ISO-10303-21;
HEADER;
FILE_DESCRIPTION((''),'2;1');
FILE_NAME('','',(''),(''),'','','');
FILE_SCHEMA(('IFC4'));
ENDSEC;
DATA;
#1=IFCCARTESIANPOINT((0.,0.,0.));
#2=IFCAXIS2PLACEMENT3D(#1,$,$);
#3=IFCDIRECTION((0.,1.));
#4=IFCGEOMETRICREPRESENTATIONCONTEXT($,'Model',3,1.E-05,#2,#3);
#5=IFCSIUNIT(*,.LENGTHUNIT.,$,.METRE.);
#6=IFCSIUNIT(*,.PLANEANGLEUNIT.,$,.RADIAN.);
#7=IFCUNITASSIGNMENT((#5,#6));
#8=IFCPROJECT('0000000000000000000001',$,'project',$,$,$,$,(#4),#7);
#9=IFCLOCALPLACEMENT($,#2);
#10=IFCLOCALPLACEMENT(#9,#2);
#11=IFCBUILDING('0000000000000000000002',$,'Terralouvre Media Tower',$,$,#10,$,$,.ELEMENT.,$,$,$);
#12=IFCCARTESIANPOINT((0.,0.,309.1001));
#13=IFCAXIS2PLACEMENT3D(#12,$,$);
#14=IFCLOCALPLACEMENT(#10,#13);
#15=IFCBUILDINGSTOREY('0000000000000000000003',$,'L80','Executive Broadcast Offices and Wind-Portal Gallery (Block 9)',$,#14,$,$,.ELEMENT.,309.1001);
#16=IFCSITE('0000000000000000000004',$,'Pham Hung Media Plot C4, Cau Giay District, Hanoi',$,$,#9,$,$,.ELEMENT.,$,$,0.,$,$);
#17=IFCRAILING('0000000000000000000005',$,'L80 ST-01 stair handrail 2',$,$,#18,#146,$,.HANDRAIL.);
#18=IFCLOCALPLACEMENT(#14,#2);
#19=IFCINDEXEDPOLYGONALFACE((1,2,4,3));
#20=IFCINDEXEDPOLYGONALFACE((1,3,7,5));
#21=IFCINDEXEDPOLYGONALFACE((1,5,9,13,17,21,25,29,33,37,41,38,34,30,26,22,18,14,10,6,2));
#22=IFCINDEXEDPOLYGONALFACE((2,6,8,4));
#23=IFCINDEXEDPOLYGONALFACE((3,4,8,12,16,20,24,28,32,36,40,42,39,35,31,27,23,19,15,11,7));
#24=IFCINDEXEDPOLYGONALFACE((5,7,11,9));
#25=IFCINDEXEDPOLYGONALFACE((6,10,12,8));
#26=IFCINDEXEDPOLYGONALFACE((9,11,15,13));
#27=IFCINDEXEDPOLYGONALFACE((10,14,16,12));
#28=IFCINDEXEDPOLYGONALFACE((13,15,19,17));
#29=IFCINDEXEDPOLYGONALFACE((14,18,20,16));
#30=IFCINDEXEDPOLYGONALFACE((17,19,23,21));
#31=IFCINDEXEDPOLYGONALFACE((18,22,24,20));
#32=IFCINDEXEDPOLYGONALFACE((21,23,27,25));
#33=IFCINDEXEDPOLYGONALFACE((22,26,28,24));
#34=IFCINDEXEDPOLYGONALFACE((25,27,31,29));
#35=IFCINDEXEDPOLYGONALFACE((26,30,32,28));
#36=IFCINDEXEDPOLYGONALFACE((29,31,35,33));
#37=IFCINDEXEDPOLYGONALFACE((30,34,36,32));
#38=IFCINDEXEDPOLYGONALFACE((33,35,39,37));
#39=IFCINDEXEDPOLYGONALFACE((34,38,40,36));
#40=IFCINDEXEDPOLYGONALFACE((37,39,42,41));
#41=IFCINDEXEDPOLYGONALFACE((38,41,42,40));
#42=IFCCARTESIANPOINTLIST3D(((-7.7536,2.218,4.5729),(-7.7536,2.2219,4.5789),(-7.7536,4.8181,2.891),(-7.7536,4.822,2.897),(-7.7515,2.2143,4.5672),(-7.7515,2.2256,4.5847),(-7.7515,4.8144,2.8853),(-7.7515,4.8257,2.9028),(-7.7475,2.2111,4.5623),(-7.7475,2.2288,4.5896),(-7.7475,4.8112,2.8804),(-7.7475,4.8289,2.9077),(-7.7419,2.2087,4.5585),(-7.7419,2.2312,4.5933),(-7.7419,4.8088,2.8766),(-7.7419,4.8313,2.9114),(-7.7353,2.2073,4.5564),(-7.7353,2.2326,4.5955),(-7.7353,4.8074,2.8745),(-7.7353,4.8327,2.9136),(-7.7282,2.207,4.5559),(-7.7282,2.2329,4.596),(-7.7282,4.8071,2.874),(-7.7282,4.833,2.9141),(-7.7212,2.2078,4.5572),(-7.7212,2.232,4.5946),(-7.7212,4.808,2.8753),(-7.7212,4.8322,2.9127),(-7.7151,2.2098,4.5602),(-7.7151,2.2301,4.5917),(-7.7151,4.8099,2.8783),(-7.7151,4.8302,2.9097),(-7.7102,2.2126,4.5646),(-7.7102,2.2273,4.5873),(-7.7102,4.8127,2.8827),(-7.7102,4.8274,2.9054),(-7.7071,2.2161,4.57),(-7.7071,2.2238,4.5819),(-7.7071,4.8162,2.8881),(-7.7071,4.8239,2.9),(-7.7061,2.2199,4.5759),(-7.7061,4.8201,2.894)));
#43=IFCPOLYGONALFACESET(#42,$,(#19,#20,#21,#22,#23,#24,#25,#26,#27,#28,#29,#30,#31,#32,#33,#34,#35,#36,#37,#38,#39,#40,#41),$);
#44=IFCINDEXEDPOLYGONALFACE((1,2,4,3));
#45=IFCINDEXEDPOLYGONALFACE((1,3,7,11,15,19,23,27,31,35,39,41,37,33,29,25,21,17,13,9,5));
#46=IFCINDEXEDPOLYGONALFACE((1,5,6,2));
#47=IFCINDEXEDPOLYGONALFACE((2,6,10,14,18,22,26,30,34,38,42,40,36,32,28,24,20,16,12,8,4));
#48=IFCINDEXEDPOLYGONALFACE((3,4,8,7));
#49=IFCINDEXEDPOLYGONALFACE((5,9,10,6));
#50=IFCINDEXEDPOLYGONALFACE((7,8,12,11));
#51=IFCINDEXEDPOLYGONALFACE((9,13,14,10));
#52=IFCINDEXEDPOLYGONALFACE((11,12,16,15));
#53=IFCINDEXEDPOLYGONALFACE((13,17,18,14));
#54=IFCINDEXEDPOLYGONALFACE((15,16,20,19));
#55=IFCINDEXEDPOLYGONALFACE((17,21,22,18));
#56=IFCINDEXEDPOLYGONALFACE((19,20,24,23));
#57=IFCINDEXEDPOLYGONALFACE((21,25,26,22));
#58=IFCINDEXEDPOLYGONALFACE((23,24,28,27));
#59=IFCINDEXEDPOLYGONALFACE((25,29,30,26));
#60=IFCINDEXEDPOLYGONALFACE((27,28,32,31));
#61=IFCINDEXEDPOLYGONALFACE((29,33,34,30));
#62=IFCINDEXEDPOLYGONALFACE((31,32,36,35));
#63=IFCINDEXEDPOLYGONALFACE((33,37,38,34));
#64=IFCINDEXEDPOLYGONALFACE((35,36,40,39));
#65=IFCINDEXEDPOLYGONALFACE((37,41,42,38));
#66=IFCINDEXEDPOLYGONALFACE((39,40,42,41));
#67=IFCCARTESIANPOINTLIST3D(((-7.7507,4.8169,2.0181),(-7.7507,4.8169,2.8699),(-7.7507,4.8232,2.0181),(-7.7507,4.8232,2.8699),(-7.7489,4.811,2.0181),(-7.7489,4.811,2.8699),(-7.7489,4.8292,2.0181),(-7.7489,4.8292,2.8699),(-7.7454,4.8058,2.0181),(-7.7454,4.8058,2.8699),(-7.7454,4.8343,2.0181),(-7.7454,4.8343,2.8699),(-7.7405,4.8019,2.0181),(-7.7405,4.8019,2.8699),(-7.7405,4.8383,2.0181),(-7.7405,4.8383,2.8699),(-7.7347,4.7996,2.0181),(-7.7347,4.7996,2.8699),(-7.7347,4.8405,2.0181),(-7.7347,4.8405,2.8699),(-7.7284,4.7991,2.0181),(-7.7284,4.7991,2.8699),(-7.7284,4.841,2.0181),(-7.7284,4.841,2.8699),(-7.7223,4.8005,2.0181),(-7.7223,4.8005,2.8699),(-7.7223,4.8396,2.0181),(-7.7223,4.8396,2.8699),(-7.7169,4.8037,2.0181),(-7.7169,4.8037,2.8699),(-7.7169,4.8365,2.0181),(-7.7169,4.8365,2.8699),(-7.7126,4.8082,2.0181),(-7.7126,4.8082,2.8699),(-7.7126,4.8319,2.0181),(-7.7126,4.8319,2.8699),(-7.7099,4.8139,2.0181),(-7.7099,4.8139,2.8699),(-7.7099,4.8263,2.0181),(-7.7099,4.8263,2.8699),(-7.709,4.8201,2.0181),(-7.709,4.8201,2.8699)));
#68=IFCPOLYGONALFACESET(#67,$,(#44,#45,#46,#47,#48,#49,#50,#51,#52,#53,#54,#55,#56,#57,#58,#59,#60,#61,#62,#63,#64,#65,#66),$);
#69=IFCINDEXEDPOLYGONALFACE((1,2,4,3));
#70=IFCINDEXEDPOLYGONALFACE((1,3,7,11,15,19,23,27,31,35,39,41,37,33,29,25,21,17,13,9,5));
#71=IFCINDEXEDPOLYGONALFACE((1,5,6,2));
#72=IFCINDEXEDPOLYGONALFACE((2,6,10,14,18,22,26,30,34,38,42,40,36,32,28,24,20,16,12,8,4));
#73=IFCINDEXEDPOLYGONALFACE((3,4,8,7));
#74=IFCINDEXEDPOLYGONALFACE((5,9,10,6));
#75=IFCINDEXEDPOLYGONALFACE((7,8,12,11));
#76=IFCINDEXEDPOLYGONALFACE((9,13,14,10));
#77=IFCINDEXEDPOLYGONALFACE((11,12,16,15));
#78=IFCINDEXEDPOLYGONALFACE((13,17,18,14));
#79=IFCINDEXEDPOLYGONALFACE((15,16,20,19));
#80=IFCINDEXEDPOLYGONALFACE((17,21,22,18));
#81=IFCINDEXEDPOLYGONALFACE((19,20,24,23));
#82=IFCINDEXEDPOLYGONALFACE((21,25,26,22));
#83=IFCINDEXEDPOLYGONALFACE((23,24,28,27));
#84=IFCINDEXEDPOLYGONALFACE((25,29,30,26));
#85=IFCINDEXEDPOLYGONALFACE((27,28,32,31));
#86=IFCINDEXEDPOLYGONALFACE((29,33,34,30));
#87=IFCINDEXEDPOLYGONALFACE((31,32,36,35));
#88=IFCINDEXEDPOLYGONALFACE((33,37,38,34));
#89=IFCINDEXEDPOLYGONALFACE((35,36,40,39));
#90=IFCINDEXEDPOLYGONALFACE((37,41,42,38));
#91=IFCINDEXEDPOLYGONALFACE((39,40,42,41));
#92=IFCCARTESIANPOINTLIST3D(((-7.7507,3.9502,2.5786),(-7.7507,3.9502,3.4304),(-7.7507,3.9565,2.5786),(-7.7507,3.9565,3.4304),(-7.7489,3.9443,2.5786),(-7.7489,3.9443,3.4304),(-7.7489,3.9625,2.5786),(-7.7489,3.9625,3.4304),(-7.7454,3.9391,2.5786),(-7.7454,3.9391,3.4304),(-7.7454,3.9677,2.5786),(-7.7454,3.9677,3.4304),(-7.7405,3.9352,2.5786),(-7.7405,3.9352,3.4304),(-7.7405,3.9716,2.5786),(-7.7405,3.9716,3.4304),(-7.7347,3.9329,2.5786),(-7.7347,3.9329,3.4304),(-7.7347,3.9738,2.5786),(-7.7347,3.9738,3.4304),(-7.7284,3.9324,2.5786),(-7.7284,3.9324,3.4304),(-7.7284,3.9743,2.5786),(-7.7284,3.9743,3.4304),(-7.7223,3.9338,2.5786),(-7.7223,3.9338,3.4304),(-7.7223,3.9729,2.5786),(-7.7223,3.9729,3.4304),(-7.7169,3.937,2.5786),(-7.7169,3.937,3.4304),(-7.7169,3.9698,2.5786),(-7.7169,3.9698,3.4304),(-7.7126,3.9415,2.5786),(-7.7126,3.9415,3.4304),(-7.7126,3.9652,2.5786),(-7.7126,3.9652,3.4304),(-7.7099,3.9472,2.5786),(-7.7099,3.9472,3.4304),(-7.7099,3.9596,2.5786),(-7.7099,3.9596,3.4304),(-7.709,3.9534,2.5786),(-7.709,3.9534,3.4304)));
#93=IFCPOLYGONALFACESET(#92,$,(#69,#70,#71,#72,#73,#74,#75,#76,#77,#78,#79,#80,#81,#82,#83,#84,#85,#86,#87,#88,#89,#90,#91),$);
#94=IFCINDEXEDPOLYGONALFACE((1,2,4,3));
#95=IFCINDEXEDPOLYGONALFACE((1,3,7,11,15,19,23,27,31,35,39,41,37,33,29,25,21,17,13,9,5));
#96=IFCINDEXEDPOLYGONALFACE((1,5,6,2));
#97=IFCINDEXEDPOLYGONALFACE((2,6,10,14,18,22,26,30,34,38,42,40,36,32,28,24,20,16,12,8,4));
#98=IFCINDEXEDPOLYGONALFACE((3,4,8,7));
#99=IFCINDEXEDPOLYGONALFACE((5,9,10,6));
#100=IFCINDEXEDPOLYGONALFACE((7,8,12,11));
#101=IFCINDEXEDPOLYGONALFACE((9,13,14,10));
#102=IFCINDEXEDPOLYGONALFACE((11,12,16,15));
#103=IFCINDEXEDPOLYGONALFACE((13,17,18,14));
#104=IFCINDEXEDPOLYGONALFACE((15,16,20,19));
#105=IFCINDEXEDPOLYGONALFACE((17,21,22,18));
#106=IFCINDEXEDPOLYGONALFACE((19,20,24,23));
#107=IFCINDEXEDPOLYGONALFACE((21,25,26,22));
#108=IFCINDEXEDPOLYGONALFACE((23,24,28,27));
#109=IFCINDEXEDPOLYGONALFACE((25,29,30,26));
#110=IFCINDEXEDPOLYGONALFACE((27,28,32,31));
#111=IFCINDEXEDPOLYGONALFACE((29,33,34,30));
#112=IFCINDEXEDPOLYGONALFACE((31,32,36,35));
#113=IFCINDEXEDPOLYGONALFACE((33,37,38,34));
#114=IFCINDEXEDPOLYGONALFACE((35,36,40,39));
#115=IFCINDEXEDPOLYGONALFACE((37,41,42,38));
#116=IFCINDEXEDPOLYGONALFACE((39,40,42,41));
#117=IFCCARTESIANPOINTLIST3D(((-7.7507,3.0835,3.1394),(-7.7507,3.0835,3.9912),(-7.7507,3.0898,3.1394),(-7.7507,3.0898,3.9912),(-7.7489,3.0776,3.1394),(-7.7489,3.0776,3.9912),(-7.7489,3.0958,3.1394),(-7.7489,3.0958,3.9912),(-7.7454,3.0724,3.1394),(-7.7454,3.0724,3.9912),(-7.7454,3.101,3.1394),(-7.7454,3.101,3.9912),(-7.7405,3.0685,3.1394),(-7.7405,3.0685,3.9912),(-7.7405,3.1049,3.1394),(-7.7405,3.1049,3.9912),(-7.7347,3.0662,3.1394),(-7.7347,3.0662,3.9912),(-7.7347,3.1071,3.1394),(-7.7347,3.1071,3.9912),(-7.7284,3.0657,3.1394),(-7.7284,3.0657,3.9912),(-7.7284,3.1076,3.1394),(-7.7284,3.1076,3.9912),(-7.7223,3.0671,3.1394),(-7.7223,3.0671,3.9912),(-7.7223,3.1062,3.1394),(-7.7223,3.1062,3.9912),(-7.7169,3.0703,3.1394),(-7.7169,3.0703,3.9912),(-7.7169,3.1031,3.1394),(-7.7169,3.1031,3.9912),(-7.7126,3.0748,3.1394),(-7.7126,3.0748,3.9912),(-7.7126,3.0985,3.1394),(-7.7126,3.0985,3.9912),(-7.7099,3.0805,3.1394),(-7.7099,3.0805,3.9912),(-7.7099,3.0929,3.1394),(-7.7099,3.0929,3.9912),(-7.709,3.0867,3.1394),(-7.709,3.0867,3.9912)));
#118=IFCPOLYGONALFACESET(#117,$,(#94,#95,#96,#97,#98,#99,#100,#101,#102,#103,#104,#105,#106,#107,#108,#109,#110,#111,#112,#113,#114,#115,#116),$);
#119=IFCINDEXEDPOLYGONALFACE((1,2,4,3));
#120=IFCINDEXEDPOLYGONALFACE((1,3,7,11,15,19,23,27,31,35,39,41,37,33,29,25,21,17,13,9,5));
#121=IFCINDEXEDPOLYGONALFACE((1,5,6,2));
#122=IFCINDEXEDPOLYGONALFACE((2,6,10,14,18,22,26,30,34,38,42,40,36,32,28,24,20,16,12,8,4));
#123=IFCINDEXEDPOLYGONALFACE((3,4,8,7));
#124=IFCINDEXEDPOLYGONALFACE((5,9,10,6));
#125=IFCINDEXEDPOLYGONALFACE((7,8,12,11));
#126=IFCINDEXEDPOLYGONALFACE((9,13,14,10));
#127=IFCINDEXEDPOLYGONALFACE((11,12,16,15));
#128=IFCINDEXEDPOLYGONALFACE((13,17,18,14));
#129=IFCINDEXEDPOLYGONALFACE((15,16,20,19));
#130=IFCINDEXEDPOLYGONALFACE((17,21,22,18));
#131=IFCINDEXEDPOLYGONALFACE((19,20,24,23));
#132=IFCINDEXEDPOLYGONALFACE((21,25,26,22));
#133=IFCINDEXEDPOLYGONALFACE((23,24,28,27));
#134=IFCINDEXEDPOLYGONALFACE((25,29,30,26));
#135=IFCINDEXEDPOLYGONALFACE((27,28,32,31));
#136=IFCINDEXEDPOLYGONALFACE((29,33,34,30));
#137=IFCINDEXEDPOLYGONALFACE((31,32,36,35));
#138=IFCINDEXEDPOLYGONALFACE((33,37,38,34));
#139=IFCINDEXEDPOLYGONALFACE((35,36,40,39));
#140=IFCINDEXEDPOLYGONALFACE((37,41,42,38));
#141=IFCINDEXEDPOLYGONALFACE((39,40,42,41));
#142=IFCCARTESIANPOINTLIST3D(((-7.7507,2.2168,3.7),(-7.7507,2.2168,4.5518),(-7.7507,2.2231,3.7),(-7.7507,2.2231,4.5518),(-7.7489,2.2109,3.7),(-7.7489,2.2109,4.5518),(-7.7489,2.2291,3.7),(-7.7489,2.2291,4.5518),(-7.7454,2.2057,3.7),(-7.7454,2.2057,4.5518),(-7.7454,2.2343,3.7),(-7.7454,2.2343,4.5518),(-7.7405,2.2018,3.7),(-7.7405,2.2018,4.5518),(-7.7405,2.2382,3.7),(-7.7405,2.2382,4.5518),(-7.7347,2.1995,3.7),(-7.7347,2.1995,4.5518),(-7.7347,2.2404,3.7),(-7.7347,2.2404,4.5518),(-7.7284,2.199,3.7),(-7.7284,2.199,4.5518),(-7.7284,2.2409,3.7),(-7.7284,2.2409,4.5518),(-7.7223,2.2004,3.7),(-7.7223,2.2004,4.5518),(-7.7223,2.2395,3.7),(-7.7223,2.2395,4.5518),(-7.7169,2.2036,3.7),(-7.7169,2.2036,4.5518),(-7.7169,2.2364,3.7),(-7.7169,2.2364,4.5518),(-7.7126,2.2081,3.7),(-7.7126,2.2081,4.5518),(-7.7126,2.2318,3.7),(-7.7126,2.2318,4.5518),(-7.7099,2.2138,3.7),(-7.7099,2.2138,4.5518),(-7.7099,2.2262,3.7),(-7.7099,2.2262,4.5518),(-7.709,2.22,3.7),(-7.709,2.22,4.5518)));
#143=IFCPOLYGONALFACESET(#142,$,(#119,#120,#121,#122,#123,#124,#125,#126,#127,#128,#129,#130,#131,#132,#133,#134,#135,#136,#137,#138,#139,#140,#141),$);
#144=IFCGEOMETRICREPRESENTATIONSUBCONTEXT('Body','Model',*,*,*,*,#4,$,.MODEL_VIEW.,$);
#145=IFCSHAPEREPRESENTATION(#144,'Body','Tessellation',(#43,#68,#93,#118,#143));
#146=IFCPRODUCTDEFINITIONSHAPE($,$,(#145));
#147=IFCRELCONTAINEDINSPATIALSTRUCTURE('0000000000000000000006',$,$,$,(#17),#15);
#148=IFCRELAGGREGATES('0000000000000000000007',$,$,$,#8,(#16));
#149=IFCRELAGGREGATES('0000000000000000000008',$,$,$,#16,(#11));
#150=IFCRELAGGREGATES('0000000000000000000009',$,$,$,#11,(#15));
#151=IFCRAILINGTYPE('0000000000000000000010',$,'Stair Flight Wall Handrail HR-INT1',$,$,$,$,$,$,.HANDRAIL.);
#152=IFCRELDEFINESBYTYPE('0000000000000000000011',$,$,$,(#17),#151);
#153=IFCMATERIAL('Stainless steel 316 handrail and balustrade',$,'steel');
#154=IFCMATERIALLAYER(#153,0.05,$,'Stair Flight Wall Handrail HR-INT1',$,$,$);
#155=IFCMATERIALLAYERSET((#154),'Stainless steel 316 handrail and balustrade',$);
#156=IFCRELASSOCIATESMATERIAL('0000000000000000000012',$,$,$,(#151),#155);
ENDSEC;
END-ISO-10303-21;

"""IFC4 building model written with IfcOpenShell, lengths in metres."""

from ifc_helpers import new_model, si_unit, direction, frame, origin, origin_2d, place, context, subcontext, project, spatial, circle, extrude, material, layer, layer_set, type_object, element, save


model = new_model("IFC4")

# Units and contexts
model_context = context("Model", 3, precision=1e-05, world=origin(), true_north=direction((0.0, 1.0)))
body_context = subcontext(model_context, "Body", "Model", "MODEL_VIEW")
ifc_project = project(units=[si_unit("LENGTHUNIT", "METRE"), si_unit("PLANEANGLEUNIT", "RADIAN")], contexts=[model_context])

# Site, building, storey
site_placement = place(None, origin())
site = spatial("IfcSite", under=ifc_project, at=site_placement, Name="Pham Hung Media Plot C4, Cau Giay District, Hanoi", CompositionType="ELEMENT", RefElevation=0.0)
building_placement = place(site_placement, origin())
building = spatial("IfcBuilding", under=site, at=building_placement, Name="Terralouvre Media Tower", CompositionType="ELEMENT")
storey_placement = place(building_placement, frame((0.0, 0.0, 309.1001)))
storey = spatial("IfcBuildingStorey", under=building, at=storey_placement, Name="L80", Description="Executive Broadcast Offices and Wind-Portal Gallery (Block 9)", CompositionType="ELEMENT", Elevation=309.1001)

# Railing
ifc_material_1 = material(Name="Stainless steel 316 handrail and balustrade", Category="steel")
ifc_layer_1 = layer(ifc_material_1, 0.05, Name="Stair Flight Wall Handrail HR-INT1")
ifc_layer_set_1 = layer_set([ifc_layer_1], Name="Stainless steel 316 handrail and balustrade")
railing_type_1 = type_object("IfcRailingType", Name="Stair Flight Wall Handrail HR-INT1", PredefinedType="HANDRAIL", material=ifc_layer_set_1)
railing_1_placement = place(storey_placement, frame((-7.73, 4.8201, 2.0181)))
element("IfcRailing", 1, at=railing_1_placement, inside=storey, type_object=railing_type_1, Name="L80 ST-01 stair handrail 2", PredefinedType="HANDRAIL", context=body_context, shape_type="SweptSolid", body=[
    extrude(circle(Radius=0.0239, at=origin_2d()), frame((0.0, 0.0, 0.876), z_axis=(0.0, -0.839648, 0.54313), x_axis=(1.0, 0.0, 0.0)), (0.0, 0.0, 1.0), 3.0967),
    extrude(circle(Radius=0.021, at=origin_2d()), origin(), (0.0, 0.0, 1.0), 0.8518),
    extrude(circle(Radius=0.021, at=origin_2d()), frame((0.0, -0.8667, 0.5605)), (0.0, 0.0, 1.0), 0.8518),
    extrude(circle(Radius=0.021, at=origin_2d()), frame((0.0, -1.7334, 1.1213)), (0.0, 0.0, 1.0), 0.8518),
    extrude(circle(Radius=0.021, at=origin_2d()), frame((0.0, -2.6001, 1.6819)), (0.0, 0.0, 1.0), 0.8518),
])

save(model, "model.ifc")
